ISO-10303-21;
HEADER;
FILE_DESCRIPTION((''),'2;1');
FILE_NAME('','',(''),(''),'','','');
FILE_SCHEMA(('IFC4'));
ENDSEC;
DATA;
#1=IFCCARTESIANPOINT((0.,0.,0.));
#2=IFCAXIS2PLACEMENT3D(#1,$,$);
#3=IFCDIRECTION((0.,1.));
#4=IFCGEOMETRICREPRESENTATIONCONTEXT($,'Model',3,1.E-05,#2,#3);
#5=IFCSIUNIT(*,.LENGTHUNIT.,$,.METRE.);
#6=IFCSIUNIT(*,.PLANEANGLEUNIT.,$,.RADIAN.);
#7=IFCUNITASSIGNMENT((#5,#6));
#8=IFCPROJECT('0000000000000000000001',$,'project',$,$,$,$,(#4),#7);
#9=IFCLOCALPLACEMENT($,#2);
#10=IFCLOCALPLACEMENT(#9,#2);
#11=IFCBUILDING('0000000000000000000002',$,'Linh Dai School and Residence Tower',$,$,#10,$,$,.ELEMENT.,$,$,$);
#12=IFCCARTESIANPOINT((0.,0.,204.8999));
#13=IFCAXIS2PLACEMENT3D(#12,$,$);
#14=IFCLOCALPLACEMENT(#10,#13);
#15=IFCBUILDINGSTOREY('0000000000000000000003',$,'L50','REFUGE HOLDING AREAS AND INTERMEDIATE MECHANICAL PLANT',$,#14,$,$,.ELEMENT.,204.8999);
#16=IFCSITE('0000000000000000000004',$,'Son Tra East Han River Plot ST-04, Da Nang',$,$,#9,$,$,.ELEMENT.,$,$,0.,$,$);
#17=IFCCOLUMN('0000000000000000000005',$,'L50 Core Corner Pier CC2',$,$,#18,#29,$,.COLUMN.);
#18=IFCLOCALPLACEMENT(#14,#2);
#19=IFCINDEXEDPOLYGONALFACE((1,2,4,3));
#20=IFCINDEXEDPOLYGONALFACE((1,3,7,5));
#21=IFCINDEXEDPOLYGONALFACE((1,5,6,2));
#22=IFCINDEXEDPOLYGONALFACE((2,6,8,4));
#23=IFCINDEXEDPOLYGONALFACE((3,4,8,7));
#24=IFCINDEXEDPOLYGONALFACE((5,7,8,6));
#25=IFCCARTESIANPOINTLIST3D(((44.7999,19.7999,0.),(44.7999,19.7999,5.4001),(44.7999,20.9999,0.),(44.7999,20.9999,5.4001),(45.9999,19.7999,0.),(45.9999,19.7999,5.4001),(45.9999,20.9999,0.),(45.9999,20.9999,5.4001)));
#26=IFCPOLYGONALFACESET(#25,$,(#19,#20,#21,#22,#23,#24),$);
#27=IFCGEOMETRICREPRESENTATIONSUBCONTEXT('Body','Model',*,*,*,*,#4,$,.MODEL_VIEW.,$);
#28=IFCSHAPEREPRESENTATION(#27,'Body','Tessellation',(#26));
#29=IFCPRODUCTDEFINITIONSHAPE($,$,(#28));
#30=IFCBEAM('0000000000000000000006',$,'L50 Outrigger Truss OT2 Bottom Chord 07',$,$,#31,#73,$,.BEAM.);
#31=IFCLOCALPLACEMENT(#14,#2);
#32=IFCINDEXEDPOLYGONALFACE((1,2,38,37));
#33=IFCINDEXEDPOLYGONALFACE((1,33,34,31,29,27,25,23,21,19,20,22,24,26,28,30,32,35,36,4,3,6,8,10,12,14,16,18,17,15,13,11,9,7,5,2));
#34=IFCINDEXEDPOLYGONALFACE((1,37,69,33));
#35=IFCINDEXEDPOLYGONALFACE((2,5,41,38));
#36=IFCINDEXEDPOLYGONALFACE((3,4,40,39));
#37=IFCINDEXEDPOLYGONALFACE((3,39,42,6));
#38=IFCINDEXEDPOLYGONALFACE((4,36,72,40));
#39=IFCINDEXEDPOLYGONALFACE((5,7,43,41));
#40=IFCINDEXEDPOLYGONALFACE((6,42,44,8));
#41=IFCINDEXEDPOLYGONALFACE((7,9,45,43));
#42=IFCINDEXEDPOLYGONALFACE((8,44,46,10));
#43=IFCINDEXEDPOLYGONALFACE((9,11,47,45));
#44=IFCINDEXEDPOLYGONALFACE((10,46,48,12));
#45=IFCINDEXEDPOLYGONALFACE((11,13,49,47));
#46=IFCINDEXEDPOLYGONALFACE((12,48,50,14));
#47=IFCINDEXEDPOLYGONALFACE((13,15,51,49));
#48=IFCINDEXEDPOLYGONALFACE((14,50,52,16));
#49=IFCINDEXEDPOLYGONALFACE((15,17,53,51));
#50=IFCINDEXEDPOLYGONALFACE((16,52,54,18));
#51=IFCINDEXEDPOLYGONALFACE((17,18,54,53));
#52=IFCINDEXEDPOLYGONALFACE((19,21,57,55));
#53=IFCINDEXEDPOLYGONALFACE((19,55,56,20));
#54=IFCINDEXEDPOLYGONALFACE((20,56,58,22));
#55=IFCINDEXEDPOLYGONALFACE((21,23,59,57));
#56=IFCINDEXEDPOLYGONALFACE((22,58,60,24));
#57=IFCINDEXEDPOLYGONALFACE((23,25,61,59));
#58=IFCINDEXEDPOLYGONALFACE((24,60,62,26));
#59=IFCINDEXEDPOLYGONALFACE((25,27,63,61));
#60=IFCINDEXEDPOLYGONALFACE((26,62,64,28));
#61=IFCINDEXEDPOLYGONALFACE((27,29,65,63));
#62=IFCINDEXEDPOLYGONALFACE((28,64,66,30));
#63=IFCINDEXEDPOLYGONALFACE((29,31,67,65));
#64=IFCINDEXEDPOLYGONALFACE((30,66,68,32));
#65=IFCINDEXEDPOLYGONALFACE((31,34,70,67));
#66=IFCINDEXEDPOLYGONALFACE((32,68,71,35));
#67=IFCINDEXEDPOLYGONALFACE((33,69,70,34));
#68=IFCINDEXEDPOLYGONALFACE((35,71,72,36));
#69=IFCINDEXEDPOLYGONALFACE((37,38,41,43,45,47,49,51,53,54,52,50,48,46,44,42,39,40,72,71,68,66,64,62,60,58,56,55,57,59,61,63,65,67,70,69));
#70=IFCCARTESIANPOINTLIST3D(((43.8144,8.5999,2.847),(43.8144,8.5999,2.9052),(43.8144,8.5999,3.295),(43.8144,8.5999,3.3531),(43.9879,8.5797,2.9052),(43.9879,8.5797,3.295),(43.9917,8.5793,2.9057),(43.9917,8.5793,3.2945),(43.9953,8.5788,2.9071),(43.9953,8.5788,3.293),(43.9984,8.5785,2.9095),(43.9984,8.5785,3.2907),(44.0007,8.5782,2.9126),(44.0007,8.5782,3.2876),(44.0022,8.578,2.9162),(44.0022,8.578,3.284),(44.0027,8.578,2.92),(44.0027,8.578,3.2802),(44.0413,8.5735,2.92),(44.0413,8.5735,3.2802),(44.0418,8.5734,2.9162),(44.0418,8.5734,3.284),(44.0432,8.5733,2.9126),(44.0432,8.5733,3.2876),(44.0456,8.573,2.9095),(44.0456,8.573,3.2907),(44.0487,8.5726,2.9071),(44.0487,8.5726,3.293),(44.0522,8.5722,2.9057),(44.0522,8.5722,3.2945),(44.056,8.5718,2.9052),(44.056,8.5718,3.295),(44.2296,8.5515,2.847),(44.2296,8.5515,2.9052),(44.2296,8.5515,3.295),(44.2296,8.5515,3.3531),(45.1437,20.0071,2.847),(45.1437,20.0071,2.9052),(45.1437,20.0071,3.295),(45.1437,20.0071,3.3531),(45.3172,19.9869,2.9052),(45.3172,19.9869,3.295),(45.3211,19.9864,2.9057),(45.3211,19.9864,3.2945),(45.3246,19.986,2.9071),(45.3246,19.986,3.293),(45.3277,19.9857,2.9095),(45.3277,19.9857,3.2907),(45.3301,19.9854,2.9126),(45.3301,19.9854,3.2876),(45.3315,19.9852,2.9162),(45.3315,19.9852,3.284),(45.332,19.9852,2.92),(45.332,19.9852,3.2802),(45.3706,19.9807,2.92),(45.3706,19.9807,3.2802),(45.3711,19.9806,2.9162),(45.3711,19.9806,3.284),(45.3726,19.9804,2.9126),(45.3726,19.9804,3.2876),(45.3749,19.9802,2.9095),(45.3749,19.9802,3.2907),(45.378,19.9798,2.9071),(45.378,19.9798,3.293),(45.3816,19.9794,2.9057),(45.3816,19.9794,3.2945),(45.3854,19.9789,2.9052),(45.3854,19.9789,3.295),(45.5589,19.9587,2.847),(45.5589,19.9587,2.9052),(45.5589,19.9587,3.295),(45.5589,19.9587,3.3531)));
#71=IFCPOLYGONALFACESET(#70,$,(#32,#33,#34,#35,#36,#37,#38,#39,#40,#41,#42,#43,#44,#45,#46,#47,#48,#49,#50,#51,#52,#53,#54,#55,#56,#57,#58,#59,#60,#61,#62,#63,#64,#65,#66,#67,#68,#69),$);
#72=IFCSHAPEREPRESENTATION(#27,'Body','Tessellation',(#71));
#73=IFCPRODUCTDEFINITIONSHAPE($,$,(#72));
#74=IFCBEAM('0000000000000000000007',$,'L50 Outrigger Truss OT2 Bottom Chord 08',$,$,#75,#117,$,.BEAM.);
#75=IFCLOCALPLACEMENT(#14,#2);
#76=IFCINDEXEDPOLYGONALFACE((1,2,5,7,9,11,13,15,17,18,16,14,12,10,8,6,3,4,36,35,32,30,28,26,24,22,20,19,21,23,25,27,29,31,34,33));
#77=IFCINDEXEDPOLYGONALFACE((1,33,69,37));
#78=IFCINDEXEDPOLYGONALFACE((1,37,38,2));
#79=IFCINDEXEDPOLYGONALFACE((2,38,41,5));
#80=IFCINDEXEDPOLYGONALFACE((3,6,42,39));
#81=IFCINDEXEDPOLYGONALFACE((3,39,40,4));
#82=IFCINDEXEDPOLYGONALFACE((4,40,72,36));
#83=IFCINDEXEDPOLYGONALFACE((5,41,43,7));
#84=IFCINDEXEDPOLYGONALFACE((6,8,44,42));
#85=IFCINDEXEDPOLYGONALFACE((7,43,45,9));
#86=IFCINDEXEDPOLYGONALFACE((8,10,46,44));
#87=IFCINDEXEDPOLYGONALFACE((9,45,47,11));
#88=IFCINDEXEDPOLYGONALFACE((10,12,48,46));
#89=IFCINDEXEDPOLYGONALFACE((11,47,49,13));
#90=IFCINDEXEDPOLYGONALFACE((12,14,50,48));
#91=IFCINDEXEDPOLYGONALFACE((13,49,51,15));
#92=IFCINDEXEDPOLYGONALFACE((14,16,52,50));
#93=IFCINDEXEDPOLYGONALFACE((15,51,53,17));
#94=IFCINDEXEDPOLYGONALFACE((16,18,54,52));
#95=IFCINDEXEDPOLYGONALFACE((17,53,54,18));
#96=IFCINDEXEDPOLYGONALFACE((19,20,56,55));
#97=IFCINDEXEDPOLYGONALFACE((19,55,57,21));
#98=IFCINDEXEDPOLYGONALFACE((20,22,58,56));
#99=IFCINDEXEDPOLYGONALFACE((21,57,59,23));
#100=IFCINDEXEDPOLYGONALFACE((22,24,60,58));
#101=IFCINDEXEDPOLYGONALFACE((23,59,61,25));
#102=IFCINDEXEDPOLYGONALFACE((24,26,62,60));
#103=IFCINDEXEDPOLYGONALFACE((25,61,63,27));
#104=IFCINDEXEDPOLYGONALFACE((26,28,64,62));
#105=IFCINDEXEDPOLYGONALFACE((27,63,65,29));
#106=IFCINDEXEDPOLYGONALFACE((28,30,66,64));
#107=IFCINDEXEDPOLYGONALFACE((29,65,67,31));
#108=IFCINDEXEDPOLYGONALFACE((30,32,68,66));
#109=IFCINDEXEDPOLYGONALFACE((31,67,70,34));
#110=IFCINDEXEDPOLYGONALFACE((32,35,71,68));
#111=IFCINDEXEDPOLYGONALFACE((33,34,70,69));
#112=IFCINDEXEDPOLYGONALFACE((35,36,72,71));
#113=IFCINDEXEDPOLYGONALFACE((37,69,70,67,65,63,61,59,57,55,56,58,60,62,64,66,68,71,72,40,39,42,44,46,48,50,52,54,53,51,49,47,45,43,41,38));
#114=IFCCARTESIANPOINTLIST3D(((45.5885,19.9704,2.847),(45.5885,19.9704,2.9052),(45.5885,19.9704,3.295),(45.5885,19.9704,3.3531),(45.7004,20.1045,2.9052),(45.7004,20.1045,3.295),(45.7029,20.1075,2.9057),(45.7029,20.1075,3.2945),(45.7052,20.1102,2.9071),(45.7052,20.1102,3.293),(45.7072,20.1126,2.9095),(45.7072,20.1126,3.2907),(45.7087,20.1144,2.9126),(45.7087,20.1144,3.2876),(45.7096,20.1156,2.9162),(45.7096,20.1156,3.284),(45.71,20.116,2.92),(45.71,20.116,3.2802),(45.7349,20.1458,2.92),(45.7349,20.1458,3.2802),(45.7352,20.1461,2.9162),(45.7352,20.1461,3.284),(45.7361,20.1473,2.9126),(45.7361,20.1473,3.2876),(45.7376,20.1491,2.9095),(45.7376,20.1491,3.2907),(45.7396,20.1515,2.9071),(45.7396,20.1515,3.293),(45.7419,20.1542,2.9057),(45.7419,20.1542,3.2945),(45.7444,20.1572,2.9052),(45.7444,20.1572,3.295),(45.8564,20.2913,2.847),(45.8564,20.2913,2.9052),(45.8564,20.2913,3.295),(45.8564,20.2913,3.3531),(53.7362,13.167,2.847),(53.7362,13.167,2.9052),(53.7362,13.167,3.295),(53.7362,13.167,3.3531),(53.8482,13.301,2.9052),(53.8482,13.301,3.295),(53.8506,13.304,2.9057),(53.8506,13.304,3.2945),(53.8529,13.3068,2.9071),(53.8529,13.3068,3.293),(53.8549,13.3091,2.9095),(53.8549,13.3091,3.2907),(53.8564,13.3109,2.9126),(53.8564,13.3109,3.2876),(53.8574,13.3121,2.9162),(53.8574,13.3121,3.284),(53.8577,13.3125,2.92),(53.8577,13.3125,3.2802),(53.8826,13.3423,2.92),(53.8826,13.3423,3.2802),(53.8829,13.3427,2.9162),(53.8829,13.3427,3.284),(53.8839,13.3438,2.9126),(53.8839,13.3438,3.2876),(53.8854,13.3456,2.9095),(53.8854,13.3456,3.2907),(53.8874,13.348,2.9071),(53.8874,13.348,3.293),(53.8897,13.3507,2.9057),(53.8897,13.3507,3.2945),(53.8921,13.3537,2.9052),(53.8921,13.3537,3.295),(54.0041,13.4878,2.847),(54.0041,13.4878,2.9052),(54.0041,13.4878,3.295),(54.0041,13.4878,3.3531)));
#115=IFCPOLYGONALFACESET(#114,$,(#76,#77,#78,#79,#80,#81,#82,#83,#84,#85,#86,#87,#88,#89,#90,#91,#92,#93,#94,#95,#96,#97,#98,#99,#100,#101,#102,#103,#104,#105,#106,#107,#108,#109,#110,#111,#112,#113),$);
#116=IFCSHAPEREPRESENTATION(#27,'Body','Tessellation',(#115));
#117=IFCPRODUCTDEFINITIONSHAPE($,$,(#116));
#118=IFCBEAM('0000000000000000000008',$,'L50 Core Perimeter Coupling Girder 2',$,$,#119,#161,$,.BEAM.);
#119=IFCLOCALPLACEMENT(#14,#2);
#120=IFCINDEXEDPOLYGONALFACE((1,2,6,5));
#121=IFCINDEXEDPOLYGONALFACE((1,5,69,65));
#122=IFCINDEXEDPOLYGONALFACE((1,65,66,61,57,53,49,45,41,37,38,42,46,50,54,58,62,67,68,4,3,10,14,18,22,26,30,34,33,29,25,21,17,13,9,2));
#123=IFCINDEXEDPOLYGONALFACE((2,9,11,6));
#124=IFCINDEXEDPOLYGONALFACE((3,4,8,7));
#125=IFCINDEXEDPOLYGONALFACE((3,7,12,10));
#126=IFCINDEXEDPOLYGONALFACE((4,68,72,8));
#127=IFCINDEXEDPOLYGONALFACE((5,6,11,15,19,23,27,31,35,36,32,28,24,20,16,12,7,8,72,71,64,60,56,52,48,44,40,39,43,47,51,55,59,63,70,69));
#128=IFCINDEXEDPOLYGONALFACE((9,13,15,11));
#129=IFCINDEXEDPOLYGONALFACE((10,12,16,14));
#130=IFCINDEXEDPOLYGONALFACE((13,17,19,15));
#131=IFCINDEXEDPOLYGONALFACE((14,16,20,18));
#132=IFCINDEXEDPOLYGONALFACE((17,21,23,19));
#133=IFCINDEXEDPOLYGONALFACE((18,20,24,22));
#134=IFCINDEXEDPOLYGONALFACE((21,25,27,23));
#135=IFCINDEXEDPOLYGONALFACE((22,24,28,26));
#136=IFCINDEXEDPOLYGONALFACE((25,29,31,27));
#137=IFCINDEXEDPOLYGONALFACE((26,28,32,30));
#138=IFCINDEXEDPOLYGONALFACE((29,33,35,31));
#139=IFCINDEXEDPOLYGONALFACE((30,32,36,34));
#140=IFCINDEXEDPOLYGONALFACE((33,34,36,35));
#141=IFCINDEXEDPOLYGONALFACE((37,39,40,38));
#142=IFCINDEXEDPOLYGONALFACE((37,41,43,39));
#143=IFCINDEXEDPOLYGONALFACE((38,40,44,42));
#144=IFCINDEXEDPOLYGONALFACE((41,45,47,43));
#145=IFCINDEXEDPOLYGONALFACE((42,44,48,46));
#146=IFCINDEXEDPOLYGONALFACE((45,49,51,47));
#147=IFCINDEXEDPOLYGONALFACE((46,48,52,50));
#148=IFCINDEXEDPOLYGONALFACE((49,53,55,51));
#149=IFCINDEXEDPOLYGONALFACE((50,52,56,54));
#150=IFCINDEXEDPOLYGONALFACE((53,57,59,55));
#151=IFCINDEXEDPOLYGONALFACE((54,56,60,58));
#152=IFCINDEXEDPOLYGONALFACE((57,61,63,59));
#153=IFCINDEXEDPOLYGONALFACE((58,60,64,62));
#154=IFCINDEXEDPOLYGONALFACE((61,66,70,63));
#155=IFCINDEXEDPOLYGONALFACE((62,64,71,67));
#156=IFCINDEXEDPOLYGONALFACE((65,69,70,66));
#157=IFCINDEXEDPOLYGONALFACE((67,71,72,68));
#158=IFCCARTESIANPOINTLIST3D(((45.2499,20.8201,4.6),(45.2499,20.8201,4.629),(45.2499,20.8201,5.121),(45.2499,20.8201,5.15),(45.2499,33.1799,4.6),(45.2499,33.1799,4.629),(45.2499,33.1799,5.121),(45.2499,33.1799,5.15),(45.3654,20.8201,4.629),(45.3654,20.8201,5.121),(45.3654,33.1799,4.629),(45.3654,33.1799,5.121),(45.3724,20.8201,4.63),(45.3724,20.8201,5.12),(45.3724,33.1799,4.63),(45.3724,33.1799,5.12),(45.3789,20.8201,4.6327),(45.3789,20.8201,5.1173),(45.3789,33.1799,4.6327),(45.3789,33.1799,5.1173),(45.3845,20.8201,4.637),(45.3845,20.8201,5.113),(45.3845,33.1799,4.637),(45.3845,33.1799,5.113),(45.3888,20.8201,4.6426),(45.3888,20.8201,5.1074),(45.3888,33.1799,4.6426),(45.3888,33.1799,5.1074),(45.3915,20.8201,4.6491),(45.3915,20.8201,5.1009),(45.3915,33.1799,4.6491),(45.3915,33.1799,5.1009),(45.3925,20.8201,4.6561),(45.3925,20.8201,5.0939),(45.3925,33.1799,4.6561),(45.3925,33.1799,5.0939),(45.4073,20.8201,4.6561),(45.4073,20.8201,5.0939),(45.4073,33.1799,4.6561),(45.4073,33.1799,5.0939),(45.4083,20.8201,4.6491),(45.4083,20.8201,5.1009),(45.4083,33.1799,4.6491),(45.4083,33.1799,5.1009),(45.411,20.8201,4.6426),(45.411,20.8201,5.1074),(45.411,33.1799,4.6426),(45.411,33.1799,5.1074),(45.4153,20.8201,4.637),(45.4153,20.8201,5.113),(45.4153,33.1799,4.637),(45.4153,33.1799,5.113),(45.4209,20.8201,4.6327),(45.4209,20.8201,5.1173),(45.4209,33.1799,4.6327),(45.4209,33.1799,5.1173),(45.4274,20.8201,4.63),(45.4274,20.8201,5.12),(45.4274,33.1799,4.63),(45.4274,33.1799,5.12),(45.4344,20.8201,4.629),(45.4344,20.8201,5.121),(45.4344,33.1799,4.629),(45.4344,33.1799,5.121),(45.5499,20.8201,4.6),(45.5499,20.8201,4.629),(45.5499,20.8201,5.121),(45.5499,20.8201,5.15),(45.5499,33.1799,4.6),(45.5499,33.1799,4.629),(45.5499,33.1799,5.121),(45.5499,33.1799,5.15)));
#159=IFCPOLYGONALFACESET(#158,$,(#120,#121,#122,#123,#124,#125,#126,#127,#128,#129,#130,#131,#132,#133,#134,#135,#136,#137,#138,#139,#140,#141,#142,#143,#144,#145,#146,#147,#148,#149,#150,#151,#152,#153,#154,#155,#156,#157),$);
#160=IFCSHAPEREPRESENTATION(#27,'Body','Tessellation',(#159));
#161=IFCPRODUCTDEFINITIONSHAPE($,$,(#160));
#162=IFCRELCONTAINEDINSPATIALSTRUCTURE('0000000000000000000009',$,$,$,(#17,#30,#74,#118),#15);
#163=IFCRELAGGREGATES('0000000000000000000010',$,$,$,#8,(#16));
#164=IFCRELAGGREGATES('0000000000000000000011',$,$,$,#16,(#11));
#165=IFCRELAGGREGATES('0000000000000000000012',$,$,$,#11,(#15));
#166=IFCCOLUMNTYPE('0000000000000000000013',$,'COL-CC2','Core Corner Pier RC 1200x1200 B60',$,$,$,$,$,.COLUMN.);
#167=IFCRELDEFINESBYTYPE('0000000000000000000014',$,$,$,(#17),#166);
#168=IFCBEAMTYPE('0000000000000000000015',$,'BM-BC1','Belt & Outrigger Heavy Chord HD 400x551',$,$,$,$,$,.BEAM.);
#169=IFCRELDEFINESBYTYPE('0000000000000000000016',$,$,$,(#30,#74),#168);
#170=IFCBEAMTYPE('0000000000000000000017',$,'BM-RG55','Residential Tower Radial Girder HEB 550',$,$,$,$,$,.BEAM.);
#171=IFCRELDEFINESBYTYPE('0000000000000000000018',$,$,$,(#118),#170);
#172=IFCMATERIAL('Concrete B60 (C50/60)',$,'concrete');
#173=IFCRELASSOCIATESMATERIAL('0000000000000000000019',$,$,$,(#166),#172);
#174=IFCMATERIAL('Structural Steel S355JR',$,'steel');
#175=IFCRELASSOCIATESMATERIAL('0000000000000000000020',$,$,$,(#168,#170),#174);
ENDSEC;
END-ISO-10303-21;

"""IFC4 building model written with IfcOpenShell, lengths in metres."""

from ifc_helpers import new_model, si_unit, direction, frame, origin, origin_2d, place, context, subcontext, project, spatial, rectangle, i_section, extrude, material, material_profile, profile_set, type_object, element, save


model = new_model("IFC4")

# Units and contexts
model_context = context("Model", 3, precision=1e-05, world=origin(), true_north=direction((0.0, 1.0)))
body_context = subcontext(model_context, "Body", "Model", "MODEL_VIEW")
ifc_project = project(units=[si_unit("LENGTHUNIT", "METRE"), si_unit("PLANEANGLEUNIT", "RADIAN")], contexts=[model_context])

# Site, building, storey
site_placement = place(None, origin())
site = spatial("IfcSite", under=ifc_project, at=site_placement, Name="Son Tra East Han River Plot ST-04, Da Nang", CompositionType="ELEMENT", RefElevation=0.0)
building_placement = place(site_placement, origin())
building = spatial("IfcBuilding", under=site, at=building_placement, Name="Linh Dai School and Residence Tower", CompositionType="ELEMENT")
storey_placement = place(building_placement, frame((0.0, 0.0, 204.8999)))
storey = spatial("IfcBuildingStorey", under=building, at=storey_placement, Name="L50", Description="REFUGE HOLDING AREAS AND INTERMEDIATE MECHANICAL PLANT", CompositionType="ELEMENT", Elevation=204.8999)

# Column
ifc_material_1 = material(Name="Concrete B60 (C50/60)", Category="concrete")
ifc_material_profile_1 = material_profile(ifc_material_1, rectangle(XDim=1.2, YDim=1.2, at=origin_2d()), Name="RC 1200x1200")
ifc_profile_set_1 = profile_set([ifc_material_profile_1], Name="Concrete B60 (C50/60)")
column_type = type_object("IfcColumnType", Name="COL-CC2", Description="Core Corner Pier RC 1200x1200 B60", PredefinedType="COLUMN", material=ifc_profile_set_1)
column_placement = place(storey_placement, frame((45.3999, 20.3999, 0.0), z_axis=(0.0, 0.0, 1.0), x_axis=(1.0, 0.0, 0.0)))
element("IfcColumn", 1, at=column_placement, inside=storey, type_object=column_type, Name="L50 Core Corner Pier CC2", PredefinedType="COLUMN", context=body_context, shape_type="SweptSolid", body=[
    extrude(rectangle(XDim=1.2, YDim=1.2, at=origin_2d()), origin(), (0.0, 0.0, 1.0), 5.4001),
])

# Beams
ifc_material_2 = material(Name="Structural Steel S355JR", Category="steel")
ifc_material_profile_2 = material_profile(ifc_material_2, i_section(OverallWidth=0.418, OverallDepth=0.5061, WebThickness=0.0388, FlangeThickness=0.0581, FilletRadius=0.0149, at=origin_2d()), Name="HD 400x551")
ifc_profile_set_2 = profile_set([ifc_material_profile_2], Name="Structural Steel S355JR")
beam_type_1 = type_object("IfcBeamType", Name="BM-BC1", Description="Belt & Outrigger Heavy Chord HD 400x551", PredefinedType="BEAM", material=ifc_profile_set_2)
beam_1_placement = place(storey_placement, frame((45.3513, 19.9829, 3.1001), z_axis=(-0.115752, -0.993278, 0.0), x_axis=(0.993278, -0.115752, 0.0)))
element("IfcBeam", 2, at=beam_1_placement, inside=storey, type_object=beam_type_1, Name="L50 Outrigger Truss OT2 Bottom Chord 07", PredefinedType="BEAM", context=body_context, shape_type="SweptSolid", body=[
    extrude(i_section(OverallWidth=0.418, OverallDepth=0.5061, WebThickness=0.0388, FlangeThickness=0.0581, FilletRadius=0.0149, at=origin_2d()), origin(), (0.0, 0.0, 1.0), 11.4844),
])
beam_2_placement = place(storey_placement, frame((45.7224, 20.1309, 3.1001), z_axis=(0.767586, -0.640946, 0.0), x_axis=(0.640946, 0.767586, 0.0)))
element("IfcBeam", 3, at=beam_2_placement, inside=storey, type_object=beam_type_1, Name="L50 Outrigger Truss OT2 Bottom Chord 08", PredefinedType="BEAM", context=body_context, shape_type="SweptSolid", body=[
    extrude(i_section(OverallWidth=0.418, OverallDepth=0.5061, WebThickness=0.0388, FlangeThickness=0.0581, FilletRadius=0.0149, at=origin_2d()), origin(), (0.0, 0.0, 1.0), 10.6147),
])
ifc_material_profile_3 = material_profile(ifc_material_2, i_section(OverallWidth=0.3, OverallDepth=0.55, WebThickness=0.0149, FlangeThickness=0.0291, FilletRadius=0.0271, at=origin_2d()), Name="HEB 550")
ifc_profile_set_3 = profile_set([ifc_material_profile_3], Name="Structural Steel S355JR")
beam_type_2 = type_object("IfcBeamType", Name="BM-RG55", Description="Residential Tower Radial Girder HEB 550", PredefinedType="BEAM", material=ifc_profile_set_3)
beam_3_placement = place(storey_placement, frame((45.3999, 20.8201, 4.875), z_axis=(0.0, 1.0, 0.0), x_axis=(-1.0, 0.0, 0.0)))
element("IfcBeam", 4, at=beam_3_placement, inside=storey, type_object=beam_type_2, Name="L50 Core Perimeter Coupling Girder 2", PredefinedType="BEAM", context=body_context, shape_type="SweptSolid", body=[
    extrude(i_section(OverallWidth=0.3, OverallDepth=0.55, WebThickness=0.0149, FlangeThickness=0.0291, FilletRadius=0.0271, at=origin_2d()), origin(), (0.0, 0.0, 1.0), 12.3599),
])

save(model, "model.ifc")
